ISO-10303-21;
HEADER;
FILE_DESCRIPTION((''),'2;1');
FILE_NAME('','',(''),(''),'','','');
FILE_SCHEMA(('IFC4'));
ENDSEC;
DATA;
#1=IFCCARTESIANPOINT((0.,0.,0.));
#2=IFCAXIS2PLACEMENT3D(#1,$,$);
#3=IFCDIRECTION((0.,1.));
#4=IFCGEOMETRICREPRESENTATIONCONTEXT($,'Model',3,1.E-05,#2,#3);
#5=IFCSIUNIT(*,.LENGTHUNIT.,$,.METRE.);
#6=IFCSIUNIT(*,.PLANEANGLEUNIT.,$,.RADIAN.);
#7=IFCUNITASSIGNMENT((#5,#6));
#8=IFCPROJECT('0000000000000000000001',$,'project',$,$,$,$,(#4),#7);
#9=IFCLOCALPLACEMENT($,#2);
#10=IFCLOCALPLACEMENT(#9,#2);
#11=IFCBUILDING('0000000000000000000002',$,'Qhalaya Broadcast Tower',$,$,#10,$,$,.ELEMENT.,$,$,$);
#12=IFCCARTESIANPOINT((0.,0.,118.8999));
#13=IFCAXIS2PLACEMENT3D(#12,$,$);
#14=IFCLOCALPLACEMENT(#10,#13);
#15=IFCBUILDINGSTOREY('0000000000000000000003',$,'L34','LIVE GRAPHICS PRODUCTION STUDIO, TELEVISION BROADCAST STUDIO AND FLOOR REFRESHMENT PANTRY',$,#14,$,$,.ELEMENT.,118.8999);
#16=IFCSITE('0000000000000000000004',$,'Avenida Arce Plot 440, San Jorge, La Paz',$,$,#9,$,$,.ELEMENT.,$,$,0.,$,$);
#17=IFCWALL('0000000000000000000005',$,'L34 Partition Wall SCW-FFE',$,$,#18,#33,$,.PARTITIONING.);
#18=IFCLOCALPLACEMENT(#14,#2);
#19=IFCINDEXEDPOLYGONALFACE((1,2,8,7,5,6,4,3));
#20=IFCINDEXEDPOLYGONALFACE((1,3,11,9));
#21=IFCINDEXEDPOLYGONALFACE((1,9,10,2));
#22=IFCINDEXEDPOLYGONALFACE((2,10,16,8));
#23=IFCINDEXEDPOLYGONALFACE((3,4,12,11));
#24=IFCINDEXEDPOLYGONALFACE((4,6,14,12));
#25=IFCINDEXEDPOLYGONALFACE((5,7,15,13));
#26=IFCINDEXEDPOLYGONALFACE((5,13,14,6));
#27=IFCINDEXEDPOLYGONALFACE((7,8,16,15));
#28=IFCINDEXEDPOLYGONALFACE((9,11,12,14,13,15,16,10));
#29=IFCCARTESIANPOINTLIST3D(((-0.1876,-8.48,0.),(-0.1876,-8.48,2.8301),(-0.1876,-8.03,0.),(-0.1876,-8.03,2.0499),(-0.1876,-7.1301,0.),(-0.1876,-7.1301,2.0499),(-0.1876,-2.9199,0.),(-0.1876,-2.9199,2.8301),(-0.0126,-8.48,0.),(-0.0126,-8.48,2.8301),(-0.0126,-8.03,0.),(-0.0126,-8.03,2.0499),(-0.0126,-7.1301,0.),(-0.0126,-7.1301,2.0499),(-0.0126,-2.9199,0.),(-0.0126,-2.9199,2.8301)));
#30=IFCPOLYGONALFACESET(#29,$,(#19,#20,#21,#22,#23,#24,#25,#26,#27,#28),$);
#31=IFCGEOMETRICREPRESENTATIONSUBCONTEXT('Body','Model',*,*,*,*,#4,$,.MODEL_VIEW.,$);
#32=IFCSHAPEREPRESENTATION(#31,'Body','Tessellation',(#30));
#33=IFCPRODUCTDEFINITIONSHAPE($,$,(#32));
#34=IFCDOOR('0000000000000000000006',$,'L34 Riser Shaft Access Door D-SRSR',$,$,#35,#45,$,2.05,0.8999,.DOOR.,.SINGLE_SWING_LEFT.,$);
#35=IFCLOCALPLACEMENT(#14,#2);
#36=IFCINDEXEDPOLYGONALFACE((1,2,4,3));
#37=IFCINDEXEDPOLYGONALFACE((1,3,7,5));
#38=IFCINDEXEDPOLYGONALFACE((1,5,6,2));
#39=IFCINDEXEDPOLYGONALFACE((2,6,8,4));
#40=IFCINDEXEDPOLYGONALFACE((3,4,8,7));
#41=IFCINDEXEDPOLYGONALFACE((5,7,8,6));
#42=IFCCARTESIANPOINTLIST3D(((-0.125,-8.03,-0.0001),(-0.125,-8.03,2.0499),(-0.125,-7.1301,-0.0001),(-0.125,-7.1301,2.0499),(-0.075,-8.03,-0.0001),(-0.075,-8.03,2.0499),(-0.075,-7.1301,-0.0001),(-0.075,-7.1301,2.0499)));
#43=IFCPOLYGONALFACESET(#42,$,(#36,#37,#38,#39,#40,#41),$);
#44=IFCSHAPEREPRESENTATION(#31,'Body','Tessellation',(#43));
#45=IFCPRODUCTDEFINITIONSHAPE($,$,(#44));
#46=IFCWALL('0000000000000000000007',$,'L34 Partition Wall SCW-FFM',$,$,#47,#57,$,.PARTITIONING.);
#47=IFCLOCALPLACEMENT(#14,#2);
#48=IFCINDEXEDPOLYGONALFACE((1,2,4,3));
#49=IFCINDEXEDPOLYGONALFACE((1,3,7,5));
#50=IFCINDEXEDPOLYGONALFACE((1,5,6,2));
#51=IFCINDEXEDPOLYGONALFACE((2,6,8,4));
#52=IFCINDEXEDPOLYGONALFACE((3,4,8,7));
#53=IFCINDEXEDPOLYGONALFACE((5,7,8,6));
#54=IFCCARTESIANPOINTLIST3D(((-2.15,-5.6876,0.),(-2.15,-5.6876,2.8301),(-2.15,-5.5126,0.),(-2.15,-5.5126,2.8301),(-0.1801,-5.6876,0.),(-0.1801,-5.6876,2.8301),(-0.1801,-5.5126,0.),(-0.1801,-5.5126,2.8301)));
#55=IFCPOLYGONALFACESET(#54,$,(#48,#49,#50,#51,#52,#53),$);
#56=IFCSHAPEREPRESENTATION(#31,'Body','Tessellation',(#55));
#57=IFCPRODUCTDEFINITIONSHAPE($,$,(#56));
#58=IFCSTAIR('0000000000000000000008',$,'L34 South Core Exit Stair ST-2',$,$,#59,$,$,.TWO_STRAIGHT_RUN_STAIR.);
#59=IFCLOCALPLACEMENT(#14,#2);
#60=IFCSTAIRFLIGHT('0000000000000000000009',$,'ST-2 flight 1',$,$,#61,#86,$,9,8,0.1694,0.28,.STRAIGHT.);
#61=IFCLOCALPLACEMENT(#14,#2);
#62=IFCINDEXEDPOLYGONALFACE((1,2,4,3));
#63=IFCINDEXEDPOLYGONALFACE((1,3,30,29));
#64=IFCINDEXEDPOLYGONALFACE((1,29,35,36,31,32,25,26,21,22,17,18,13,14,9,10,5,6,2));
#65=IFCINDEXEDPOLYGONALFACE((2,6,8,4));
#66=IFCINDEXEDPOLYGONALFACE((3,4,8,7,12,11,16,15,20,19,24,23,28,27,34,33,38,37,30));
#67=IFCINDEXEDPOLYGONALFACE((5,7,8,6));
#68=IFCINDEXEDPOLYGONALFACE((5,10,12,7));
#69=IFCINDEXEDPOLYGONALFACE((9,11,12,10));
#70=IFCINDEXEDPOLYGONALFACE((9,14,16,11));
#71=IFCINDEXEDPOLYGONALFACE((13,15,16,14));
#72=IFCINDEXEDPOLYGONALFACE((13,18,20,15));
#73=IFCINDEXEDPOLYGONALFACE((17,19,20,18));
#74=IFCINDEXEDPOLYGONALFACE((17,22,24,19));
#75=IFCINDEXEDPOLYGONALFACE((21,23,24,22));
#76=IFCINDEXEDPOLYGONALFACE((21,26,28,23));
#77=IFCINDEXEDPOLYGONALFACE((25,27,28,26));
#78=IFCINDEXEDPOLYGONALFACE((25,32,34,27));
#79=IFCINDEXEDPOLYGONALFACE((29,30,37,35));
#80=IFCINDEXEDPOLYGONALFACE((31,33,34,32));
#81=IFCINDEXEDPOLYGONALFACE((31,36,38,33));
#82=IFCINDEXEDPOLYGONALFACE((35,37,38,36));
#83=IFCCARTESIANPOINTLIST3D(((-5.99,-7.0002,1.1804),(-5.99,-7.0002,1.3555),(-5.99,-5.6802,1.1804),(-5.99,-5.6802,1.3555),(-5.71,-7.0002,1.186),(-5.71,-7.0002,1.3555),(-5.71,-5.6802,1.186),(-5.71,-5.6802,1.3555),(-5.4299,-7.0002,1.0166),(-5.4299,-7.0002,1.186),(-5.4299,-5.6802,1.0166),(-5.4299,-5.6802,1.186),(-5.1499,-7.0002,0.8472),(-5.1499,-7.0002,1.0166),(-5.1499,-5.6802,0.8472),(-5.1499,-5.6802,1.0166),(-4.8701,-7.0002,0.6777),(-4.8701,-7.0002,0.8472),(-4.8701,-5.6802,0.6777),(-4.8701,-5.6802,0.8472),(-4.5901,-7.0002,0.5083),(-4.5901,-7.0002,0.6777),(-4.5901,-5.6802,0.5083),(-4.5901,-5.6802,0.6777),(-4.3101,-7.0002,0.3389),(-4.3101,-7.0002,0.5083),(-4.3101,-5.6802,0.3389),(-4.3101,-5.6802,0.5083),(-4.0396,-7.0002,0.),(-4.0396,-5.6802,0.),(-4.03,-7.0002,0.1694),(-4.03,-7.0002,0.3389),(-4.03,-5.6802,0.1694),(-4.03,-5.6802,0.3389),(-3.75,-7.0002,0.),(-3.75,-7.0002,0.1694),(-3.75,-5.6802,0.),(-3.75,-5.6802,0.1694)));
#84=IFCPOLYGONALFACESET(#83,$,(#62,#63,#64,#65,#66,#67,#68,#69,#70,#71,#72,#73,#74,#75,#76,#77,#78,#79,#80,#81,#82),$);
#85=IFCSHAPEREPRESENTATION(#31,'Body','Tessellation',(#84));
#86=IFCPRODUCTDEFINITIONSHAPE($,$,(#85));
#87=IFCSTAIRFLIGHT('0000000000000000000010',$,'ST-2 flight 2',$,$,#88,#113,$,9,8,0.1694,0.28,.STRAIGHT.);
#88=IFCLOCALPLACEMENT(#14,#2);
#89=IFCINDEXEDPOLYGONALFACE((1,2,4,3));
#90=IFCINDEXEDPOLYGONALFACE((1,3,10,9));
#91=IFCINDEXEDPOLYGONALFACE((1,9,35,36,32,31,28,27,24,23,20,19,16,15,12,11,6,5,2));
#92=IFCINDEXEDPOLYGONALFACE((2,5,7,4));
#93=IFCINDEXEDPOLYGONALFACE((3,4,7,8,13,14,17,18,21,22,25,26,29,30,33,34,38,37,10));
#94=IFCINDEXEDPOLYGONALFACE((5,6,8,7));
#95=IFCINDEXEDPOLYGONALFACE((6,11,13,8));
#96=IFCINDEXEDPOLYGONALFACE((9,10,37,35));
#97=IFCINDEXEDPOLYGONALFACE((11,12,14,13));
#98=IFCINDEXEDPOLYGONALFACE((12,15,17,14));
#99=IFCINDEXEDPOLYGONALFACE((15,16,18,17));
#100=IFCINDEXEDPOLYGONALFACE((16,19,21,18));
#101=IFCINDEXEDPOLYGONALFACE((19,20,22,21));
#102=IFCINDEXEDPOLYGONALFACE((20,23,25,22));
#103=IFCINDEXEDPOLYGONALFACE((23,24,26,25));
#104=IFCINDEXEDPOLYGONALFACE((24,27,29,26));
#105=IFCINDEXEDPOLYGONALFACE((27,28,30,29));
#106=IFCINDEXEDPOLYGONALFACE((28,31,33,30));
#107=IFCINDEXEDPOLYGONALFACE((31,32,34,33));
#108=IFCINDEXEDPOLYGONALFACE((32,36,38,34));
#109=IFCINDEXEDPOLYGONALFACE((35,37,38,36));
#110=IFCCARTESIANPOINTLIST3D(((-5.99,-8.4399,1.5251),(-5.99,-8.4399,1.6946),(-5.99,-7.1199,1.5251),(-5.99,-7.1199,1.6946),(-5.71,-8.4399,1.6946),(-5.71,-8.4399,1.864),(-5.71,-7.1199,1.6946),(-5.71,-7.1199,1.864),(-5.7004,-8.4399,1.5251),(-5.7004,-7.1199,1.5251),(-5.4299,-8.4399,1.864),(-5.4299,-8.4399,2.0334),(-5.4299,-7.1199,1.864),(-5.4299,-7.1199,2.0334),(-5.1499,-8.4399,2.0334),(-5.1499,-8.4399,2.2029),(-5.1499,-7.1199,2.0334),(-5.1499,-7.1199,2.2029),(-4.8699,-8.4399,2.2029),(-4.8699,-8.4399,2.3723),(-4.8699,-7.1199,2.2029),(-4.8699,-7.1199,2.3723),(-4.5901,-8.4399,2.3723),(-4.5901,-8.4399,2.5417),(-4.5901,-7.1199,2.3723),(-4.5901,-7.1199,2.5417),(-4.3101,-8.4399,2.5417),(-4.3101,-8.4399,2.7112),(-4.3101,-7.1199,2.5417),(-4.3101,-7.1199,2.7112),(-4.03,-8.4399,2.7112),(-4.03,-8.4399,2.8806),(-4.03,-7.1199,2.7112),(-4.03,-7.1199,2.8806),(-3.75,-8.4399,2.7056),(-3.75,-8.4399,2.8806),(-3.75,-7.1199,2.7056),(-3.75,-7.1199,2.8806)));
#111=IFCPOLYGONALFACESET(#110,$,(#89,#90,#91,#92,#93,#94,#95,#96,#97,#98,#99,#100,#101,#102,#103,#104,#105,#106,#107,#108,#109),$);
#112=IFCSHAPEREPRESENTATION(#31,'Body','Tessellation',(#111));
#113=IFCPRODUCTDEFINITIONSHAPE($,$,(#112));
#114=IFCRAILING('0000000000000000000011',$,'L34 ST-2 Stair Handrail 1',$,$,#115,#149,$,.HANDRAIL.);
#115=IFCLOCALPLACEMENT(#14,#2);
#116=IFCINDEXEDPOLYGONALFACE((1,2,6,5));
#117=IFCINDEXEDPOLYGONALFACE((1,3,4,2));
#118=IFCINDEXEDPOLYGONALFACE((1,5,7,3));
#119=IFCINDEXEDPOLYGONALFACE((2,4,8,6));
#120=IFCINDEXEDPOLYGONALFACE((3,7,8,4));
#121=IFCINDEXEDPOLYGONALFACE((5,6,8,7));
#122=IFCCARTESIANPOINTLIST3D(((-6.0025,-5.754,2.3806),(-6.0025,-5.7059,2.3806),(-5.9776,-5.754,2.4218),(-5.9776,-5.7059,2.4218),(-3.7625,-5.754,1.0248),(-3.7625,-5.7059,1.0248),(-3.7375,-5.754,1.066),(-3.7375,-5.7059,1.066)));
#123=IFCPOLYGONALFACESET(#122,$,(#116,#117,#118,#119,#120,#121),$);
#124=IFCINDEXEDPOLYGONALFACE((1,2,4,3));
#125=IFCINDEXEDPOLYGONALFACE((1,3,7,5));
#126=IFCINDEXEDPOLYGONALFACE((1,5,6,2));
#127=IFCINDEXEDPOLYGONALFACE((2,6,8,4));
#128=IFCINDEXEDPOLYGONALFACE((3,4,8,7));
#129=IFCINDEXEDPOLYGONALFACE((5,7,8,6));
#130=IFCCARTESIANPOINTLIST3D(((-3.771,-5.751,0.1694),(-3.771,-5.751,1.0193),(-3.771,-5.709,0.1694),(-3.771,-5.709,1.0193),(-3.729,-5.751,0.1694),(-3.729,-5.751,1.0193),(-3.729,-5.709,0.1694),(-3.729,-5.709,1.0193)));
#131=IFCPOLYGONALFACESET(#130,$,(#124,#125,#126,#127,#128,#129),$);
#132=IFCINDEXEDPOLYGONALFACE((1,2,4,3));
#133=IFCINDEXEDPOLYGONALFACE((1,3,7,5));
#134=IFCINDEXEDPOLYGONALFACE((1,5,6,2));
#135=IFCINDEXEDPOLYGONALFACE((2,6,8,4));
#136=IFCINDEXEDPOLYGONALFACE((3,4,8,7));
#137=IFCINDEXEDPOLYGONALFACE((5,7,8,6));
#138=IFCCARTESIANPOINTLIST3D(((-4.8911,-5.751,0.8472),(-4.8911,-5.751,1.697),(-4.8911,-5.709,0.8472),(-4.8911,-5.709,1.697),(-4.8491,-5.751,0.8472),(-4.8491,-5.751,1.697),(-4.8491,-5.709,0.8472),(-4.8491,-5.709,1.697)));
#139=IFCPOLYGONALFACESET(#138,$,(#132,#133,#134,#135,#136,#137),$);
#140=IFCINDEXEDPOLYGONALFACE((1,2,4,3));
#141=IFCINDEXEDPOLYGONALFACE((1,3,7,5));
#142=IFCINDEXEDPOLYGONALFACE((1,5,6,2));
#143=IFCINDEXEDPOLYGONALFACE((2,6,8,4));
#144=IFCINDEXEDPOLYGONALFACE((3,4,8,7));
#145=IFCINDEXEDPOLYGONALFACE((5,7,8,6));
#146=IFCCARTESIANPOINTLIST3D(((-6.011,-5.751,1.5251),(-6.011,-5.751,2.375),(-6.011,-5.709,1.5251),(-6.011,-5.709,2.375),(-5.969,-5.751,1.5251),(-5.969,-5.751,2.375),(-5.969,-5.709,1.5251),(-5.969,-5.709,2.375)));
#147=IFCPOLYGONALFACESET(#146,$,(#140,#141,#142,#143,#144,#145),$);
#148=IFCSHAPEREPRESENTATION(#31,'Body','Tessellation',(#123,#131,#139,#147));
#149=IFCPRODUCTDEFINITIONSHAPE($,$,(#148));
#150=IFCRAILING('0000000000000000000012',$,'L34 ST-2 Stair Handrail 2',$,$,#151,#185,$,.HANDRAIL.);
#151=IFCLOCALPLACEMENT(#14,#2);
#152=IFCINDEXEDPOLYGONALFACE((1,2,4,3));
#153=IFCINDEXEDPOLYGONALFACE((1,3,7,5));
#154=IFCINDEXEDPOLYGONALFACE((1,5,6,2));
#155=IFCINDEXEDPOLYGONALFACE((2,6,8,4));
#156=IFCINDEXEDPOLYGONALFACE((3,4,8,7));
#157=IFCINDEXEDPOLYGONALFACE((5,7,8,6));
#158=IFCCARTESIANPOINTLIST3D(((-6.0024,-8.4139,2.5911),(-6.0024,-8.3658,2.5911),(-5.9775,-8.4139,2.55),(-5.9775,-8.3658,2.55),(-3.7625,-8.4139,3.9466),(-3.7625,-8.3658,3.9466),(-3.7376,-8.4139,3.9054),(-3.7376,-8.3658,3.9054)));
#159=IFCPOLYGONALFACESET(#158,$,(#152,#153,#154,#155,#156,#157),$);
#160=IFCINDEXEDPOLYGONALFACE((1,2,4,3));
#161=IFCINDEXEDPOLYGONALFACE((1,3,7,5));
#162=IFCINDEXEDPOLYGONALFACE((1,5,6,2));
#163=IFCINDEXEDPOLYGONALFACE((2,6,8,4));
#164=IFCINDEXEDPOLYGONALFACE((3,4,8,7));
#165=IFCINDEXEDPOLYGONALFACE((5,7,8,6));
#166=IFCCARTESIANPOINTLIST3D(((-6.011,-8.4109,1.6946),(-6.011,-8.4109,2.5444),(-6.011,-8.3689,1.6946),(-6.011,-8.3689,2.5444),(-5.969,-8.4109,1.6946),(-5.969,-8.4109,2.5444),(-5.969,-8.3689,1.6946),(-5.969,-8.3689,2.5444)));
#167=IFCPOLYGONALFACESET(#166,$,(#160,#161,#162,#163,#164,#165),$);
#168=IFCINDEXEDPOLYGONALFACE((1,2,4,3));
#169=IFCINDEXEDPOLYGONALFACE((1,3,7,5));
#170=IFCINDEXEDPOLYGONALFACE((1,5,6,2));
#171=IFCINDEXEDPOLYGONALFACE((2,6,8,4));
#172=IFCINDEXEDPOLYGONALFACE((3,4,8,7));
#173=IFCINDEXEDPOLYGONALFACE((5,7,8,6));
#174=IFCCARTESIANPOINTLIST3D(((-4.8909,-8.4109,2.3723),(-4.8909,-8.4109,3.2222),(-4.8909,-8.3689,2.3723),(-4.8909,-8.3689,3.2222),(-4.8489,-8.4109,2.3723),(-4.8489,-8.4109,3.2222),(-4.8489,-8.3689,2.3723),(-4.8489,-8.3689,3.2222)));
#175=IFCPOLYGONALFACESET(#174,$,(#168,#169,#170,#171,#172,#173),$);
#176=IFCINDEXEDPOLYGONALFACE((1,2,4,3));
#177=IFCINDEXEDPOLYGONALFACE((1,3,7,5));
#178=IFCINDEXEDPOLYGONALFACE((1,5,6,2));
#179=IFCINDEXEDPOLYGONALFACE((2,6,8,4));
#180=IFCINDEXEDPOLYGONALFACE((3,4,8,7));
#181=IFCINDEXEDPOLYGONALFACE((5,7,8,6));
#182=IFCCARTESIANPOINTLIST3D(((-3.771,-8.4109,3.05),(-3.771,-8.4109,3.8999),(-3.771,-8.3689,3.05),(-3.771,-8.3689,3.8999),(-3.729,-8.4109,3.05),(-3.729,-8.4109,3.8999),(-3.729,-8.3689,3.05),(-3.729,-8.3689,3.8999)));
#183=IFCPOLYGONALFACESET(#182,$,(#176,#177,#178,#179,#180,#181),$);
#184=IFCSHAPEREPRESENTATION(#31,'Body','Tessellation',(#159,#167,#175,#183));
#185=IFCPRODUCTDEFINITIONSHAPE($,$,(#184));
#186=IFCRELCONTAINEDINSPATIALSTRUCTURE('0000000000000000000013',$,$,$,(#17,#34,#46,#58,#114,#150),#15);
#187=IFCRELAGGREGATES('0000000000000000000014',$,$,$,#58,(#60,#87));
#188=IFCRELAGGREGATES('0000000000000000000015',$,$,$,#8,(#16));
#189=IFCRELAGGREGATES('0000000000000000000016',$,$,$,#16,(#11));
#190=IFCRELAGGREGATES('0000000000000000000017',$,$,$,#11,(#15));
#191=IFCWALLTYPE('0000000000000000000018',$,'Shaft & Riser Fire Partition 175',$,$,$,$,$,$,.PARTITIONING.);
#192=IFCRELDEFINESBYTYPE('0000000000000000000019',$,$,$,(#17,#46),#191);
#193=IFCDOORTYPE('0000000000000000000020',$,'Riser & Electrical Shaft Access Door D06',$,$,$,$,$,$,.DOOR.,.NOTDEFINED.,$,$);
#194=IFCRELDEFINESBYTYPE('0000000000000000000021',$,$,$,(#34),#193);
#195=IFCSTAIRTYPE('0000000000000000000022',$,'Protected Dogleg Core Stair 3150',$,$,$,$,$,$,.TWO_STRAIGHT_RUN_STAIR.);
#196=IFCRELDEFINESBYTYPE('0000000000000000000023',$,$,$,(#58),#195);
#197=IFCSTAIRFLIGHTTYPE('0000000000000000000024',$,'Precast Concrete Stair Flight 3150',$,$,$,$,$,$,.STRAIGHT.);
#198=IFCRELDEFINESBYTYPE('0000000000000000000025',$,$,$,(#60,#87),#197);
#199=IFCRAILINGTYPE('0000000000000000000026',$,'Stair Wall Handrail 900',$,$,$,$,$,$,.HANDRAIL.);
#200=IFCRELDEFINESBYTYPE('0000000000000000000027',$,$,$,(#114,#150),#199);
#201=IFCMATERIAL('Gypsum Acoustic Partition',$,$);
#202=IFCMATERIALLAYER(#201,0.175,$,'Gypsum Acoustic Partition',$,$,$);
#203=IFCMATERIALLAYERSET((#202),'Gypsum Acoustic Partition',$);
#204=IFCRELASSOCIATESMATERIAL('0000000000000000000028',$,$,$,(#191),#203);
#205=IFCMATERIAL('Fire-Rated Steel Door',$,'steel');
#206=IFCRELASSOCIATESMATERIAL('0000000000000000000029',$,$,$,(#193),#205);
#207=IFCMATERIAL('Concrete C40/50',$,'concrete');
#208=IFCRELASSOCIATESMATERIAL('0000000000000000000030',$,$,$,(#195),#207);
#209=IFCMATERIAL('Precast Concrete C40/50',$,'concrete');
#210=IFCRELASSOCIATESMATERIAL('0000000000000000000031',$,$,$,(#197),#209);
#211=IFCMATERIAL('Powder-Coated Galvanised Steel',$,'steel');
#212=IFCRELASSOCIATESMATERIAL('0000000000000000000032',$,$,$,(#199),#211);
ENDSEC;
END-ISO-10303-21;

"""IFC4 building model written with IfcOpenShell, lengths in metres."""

from ifc_helpers import new_model, si_unit, direction, frame, frame_2d, origin, origin_2d, place, context, subcontext, project, spatial, polyline, rectangle, outline, extrude, material, layer, layer_set, type_object, element, fill, aggregate, save


model = new_model("IFC4")

# Units and contexts
model_context = context("Model", 3, precision=1e-05, world=origin(), true_north=direction((0.0, 1.0)))
body_context = subcontext(model_context, "Body", "Model", "MODEL_VIEW")
ifc_project = project(units=[si_unit("LENGTHUNIT", "METRE"), si_unit("PLANEANGLEUNIT", "RADIAN")], contexts=[model_context])

# Site, building, storey
site_placement = place(None, origin())
site = spatial("IfcSite", under=ifc_project, at=site_placement, Name="Avenida Arce Plot 440, San Jorge, La Paz", CompositionType="ELEMENT", RefElevation=0.0)
building_placement = place(site_placement, origin())
building = spatial("IfcBuilding", under=site, at=building_placement, Name="Qhalaya Broadcast Tower", CompositionType="ELEMENT")
storey_placement = place(building_placement, frame((0.0, 0.0, 118.8999)))
storey = spatial("IfcBuildingStorey", under=building, at=storey_placement, Name="L34", Description="LIVE GRAPHICS PRODUCTION STUDIO, TELEVISION BROADCAST STUDIO AND FLOOR REFRESHMENT PANTRY", CompositionType="ELEMENT", Elevation=118.8999)

# Shared definitions
ifc_material_1 = material(Name="Concrete C40/50", Category="concrete")

# Wall, opening, door
ifc_material_2 = material(Name="Fire-Rated Steel Door", Category="steel")
ifc_material_3 = material(Name="Gypsum Acoustic Partition")
ifc_layer_1 = layer(ifc_material_3, 0.175, Name="Gypsum Acoustic Partition")
ifc_layer_set_1 = layer_set([ifc_layer_1], Name="Gypsum Acoustic Partition")
wall_type_1 = type_object("IfcWallType", Name="Shaft & Riser Fire Partition 175", PredefinedType="PARTITIONING", material=ifc_layer_set_1)
wall_1_placement = place(storey_placement, frame((-0.1001, -8.48, 0.0), z_axis=(0.0, 0.0, 1.0), x_axis=(0.0, 1.0, 0.0)))
wall_1 = element("IfcWall", 1, at=wall_1_placement, inside=storey, type_object=wall_type_1, Name="L34 Partition Wall SCW-FFE", PredefinedType="PARTITIONING", context=body_context, shape_type="SweptSolid", body=[
    extrude(rectangle(XDim=5.5601, YDim=0.175, at=frame_2d((2.78, 0.0))), origin(), (0.0, 0.0, 1.0), 2.8301),
])
opening_1_placement = place(wall_1_placement, frame((0.45, 0.0, 0.0)))
opening_1 = element("IfcOpeningElement", 2, at=opening_1_placement, cuts=wall_1, PredefinedType="OPENING", context=body_context, shape_type="SweptSolid", body=[
    extrude(rectangle(XDim=0.8999, YDim=2.05, at=frame_2d((0.45, 1.0249))), frame((0.0, 0.0996, 0.0), z_axis=(0.0, -1.0, 0.0), x_axis=(1.0, 0.0, 0.0)), (0.0, 0.0, 1.0), 0.199),
])
door_type_1 = type_object("IfcDoorType", Name="Riser & Electrical Shaft Access Door D06", OperationType="NOTDEFINED", PredefinedType="DOOR", material=ifc_material_2)
door_1_placement = place(opening_1_placement, origin())
door_1 = element("IfcDoor", 3, at=door_1_placement, inside=storey, type_object=door_type_1, Name="L34 Riser Shaft Access Door D-SRSR", OperationType="SINGLE_SWING_LEFT", OverallHeight=2.05, OverallWidth=0.8999, PredefinedType="DOOR", context=body_context, shape_type="SweptSolid", body=[
    extrude(rectangle(XDim=0.8999, YDim=2.05, at=frame_2d((0.45, 1.0249))), frame((0.0, 0.0249, 0.0), z_axis=(0.0, -1.0, 0.0), x_axis=(1.0, 0.0, 0.0)), (0.0, 0.0, 1.0), 0.05),
])
fill(opening_1, door_1)

# Wall
wall_2_placement = place(storey_placement, frame((-2.1499, -5.6001, 0.0), z_axis=(0.0, 0.0, 1.0), x_axis=(1.0, 0.0, 0.0)))
element("IfcWall", 4, at=wall_2_placement, inside=storey, type_object=wall_type_1, Name="L34 Partition Wall SCW-FFM", PredefinedType="PARTITIONING", context=body_context, shape_type="SweptSolid", body=[
    extrude(rectangle(XDim=1.97, YDim=0.175, at=frame_2d((0.9849, 0.0))), origin(), (0.0, 0.0, 1.0), 2.8301),
])

# Stair, stair flights
stair_type = type_object("IfcStairType", Name="Protected Dogleg Core Stair 3150", PredefinedType="TWO_STRAIGHT_RUN_STAIR", material=ifc_material_1)
stair_placement = place(storey_placement, origin())
stair = element("IfcStair", 5, at=stair_placement, inside=storey, type_object=stair_type, Name="L34 South Core Exit Stair ST-2", PredefinedType="TWO_STRAIGHT_RUN_STAIR")
ifc_material_4 = material(Name="Precast Concrete C40/50", Category="concrete")
stair_flight_type = type_object("IfcStairFlightType", Name="Precast Concrete Stair Flight 3150", PredefinedType="STRAIGHT", material=ifc_material_4)
stair_flight_1_placement = place(storey_placement, frame((-3.75, -6.3401, 0.0), z_axis=(0.0, 0.0, 1.0), x_axis=(-1.0, 0.0, 0.0)))
stair_flight_1 = element("IfcStairFlight", 6, at=stair_flight_1_placement, type_object=stair_flight_type, Name="ST-2 flight 1", NumberOfRisers=9, NumberOfTreads=8, PredefinedType="STRAIGHT", RiserHeight=0.1694, TreadLength=0.28, context=body_context, shape_type="SweptSolid", body=[
    extrude(outline(polyline([(0.0, 0.0), (0.0, 0.1694), (0.28, 0.1694), (0.28, 0.3389), (0.5601, 0.3389), (0.5601, 0.5083), (0.8401, 0.5083), (0.8401, 0.6777), (1.1201, 0.6777), (1.1201, 0.8472), (1.3999, 0.8472), (1.3999, 1.0166), (1.6799, 1.0166), (1.6799, 1.186), (1.96, 1.186), (1.96, 1.3555), (2.24, 1.3555), (2.24, 1.5249), (2.24, 1.1804), (0.2896, 0.0), (0.0, 0.0)])), frame((0.0, 0.6602, 0.0), z_axis=(0.0, -1.0, 0.0), x_axis=(1.0, 0.0, 0.0)), (0.0, 0.0, 1.0), 1.3201),
])
stair_flight_2_placement = place(storey_placement, frame((-5.99, -7.78, 1.5251), z_axis=(0.0, 0.0, 1.0), x_axis=(1.0, 0.0, 0.0)))
stair_flight_2 = element("IfcStairFlight", 7, at=stair_flight_2_placement, type_object=stair_flight_type, Name="ST-2 flight 2", NumberOfRisers=9, NumberOfTreads=8, PredefinedType="STRAIGHT", RiserHeight=0.1694, TreadLength=0.28, context=body_context, shape_type="SweptSolid", body=[
    extrude(outline(polyline([(0.0, 0.0), (0.0, 0.1694), (0.28, 0.1694), (0.28, 0.3389), (0.5601, 0.3389), (0.5601, 0.5083), (0.8401, 0.5083), (0.8401, 0.6777), (1.1201, 0.6777), (1.1201, 0.8472), (1.3999, 0.8472), (1.3999, 1.0166), (1.6799, 1.0166), (1.6799, 1.186), (1.96, 1.186), (1.96, 1.3555), (2.24, 1.3555), (2.24, 1.5249), (2.24, 1.1804), (0.2896, 0.0), (0.0, 0.0)])), frame((0.0, 0.6602, 0.0), z_axis=(0.0, -1.0, 0.0), x_axis=(1.0, 0.0, 0.0)), (0.0, 0.0, 1.0), 1.3201),
])
aggregate(stair, [stair_flight_1, stair_flight_2])

# Railings
ifc_material_5 = material(Name="Powder-Coated Galvanised Steel", Category="steel")
railing_type_1 = type_object("IfcRailingType", Name="Stair Wall Handrail 900", PredefinedType="HANDRAIL", material=ifc_material_5)
railing_1_placement = place(storey_placement, frame((-3.75, -5.73, 0.1694)))
element("IfcRailing", 8, at=railing_1_placement, inside=storey, type_object=railing_type_1, Name="L34 ST-2 Stair Handrail 1", PredefinedType="HANDRAIL", context=body_context, shape_type="SweptSolid", body=[
    extrude(rectangle(XDim=0.0481, YDim=0.0481, at=origin_2d()), frame((0.0, 0.0, 0.876), z_axis=(-0.855512, 0.0, 0.517783), x_axis=(0.0, -1.0, 0.0)), (0.0, 0.0, 1.0), 2.6184),
    extrude(rectangle(XDim=0.042, YDim=0.042, at=origin_2d()), origin(), (0.0, 0.0, 1.0), 0.8499),
    extrude(rectangle(XDim=0.042, YDim=0.042, at=origin_2d()), frame((-1.1201, 0.0, 0.6777)), (0.0, 0.0, 1.0), 0.8499),
    extrude(rectangle(XDim=0.042, YDim=0.042, at=origin_2d()), frame((-2.24, 0.0, 1.3557)), (0.0, 0.0, 1.0), 0.8499),
])
railing_2_placement = place(storey_placement, frame((-5.99, -8.3899, 1.6946)))
element("IfcRailing", 9, at=railing_2_placement, inside=storey, type_object=railing_type_1, Name="L34 ST-2 Stair Handrail 2", PredefinedType="HANDRAIL", context=body_context, shape_type="SweptSolid", body=[
    extrude(rectangle(XDim=0.0481, YDim=0.0481, at=origin_2d()), frame((0.0, 0.0, 0.876), z_axis=(0.855553, 0.0, 0.517715), x_axis=(0.0, 1.0, 0.0)), (0.0, 0.0, 1.0), 2.6182),
    extrude(rectangle(XDim=0.042, YDim=0.042, at=origin_2d()), origin(), (0.0, 0.0, 1.0), 0.8499),
    extrude(rectangle(XDim=0.042, YDim=0.042, at=origin_2d()), frame((1.1201, 0.0, 0.6777)), (0.0, 0.0, 1.0), 0.8499),
    extrude(rectangle(XDim=0.042, YDim=0.042, at=origin_2d()), frame((2.24, 0.0, 1.3555)), (0.0, 0.0, 1.0), 0.8499),
])

save(model, "model.ifc")
